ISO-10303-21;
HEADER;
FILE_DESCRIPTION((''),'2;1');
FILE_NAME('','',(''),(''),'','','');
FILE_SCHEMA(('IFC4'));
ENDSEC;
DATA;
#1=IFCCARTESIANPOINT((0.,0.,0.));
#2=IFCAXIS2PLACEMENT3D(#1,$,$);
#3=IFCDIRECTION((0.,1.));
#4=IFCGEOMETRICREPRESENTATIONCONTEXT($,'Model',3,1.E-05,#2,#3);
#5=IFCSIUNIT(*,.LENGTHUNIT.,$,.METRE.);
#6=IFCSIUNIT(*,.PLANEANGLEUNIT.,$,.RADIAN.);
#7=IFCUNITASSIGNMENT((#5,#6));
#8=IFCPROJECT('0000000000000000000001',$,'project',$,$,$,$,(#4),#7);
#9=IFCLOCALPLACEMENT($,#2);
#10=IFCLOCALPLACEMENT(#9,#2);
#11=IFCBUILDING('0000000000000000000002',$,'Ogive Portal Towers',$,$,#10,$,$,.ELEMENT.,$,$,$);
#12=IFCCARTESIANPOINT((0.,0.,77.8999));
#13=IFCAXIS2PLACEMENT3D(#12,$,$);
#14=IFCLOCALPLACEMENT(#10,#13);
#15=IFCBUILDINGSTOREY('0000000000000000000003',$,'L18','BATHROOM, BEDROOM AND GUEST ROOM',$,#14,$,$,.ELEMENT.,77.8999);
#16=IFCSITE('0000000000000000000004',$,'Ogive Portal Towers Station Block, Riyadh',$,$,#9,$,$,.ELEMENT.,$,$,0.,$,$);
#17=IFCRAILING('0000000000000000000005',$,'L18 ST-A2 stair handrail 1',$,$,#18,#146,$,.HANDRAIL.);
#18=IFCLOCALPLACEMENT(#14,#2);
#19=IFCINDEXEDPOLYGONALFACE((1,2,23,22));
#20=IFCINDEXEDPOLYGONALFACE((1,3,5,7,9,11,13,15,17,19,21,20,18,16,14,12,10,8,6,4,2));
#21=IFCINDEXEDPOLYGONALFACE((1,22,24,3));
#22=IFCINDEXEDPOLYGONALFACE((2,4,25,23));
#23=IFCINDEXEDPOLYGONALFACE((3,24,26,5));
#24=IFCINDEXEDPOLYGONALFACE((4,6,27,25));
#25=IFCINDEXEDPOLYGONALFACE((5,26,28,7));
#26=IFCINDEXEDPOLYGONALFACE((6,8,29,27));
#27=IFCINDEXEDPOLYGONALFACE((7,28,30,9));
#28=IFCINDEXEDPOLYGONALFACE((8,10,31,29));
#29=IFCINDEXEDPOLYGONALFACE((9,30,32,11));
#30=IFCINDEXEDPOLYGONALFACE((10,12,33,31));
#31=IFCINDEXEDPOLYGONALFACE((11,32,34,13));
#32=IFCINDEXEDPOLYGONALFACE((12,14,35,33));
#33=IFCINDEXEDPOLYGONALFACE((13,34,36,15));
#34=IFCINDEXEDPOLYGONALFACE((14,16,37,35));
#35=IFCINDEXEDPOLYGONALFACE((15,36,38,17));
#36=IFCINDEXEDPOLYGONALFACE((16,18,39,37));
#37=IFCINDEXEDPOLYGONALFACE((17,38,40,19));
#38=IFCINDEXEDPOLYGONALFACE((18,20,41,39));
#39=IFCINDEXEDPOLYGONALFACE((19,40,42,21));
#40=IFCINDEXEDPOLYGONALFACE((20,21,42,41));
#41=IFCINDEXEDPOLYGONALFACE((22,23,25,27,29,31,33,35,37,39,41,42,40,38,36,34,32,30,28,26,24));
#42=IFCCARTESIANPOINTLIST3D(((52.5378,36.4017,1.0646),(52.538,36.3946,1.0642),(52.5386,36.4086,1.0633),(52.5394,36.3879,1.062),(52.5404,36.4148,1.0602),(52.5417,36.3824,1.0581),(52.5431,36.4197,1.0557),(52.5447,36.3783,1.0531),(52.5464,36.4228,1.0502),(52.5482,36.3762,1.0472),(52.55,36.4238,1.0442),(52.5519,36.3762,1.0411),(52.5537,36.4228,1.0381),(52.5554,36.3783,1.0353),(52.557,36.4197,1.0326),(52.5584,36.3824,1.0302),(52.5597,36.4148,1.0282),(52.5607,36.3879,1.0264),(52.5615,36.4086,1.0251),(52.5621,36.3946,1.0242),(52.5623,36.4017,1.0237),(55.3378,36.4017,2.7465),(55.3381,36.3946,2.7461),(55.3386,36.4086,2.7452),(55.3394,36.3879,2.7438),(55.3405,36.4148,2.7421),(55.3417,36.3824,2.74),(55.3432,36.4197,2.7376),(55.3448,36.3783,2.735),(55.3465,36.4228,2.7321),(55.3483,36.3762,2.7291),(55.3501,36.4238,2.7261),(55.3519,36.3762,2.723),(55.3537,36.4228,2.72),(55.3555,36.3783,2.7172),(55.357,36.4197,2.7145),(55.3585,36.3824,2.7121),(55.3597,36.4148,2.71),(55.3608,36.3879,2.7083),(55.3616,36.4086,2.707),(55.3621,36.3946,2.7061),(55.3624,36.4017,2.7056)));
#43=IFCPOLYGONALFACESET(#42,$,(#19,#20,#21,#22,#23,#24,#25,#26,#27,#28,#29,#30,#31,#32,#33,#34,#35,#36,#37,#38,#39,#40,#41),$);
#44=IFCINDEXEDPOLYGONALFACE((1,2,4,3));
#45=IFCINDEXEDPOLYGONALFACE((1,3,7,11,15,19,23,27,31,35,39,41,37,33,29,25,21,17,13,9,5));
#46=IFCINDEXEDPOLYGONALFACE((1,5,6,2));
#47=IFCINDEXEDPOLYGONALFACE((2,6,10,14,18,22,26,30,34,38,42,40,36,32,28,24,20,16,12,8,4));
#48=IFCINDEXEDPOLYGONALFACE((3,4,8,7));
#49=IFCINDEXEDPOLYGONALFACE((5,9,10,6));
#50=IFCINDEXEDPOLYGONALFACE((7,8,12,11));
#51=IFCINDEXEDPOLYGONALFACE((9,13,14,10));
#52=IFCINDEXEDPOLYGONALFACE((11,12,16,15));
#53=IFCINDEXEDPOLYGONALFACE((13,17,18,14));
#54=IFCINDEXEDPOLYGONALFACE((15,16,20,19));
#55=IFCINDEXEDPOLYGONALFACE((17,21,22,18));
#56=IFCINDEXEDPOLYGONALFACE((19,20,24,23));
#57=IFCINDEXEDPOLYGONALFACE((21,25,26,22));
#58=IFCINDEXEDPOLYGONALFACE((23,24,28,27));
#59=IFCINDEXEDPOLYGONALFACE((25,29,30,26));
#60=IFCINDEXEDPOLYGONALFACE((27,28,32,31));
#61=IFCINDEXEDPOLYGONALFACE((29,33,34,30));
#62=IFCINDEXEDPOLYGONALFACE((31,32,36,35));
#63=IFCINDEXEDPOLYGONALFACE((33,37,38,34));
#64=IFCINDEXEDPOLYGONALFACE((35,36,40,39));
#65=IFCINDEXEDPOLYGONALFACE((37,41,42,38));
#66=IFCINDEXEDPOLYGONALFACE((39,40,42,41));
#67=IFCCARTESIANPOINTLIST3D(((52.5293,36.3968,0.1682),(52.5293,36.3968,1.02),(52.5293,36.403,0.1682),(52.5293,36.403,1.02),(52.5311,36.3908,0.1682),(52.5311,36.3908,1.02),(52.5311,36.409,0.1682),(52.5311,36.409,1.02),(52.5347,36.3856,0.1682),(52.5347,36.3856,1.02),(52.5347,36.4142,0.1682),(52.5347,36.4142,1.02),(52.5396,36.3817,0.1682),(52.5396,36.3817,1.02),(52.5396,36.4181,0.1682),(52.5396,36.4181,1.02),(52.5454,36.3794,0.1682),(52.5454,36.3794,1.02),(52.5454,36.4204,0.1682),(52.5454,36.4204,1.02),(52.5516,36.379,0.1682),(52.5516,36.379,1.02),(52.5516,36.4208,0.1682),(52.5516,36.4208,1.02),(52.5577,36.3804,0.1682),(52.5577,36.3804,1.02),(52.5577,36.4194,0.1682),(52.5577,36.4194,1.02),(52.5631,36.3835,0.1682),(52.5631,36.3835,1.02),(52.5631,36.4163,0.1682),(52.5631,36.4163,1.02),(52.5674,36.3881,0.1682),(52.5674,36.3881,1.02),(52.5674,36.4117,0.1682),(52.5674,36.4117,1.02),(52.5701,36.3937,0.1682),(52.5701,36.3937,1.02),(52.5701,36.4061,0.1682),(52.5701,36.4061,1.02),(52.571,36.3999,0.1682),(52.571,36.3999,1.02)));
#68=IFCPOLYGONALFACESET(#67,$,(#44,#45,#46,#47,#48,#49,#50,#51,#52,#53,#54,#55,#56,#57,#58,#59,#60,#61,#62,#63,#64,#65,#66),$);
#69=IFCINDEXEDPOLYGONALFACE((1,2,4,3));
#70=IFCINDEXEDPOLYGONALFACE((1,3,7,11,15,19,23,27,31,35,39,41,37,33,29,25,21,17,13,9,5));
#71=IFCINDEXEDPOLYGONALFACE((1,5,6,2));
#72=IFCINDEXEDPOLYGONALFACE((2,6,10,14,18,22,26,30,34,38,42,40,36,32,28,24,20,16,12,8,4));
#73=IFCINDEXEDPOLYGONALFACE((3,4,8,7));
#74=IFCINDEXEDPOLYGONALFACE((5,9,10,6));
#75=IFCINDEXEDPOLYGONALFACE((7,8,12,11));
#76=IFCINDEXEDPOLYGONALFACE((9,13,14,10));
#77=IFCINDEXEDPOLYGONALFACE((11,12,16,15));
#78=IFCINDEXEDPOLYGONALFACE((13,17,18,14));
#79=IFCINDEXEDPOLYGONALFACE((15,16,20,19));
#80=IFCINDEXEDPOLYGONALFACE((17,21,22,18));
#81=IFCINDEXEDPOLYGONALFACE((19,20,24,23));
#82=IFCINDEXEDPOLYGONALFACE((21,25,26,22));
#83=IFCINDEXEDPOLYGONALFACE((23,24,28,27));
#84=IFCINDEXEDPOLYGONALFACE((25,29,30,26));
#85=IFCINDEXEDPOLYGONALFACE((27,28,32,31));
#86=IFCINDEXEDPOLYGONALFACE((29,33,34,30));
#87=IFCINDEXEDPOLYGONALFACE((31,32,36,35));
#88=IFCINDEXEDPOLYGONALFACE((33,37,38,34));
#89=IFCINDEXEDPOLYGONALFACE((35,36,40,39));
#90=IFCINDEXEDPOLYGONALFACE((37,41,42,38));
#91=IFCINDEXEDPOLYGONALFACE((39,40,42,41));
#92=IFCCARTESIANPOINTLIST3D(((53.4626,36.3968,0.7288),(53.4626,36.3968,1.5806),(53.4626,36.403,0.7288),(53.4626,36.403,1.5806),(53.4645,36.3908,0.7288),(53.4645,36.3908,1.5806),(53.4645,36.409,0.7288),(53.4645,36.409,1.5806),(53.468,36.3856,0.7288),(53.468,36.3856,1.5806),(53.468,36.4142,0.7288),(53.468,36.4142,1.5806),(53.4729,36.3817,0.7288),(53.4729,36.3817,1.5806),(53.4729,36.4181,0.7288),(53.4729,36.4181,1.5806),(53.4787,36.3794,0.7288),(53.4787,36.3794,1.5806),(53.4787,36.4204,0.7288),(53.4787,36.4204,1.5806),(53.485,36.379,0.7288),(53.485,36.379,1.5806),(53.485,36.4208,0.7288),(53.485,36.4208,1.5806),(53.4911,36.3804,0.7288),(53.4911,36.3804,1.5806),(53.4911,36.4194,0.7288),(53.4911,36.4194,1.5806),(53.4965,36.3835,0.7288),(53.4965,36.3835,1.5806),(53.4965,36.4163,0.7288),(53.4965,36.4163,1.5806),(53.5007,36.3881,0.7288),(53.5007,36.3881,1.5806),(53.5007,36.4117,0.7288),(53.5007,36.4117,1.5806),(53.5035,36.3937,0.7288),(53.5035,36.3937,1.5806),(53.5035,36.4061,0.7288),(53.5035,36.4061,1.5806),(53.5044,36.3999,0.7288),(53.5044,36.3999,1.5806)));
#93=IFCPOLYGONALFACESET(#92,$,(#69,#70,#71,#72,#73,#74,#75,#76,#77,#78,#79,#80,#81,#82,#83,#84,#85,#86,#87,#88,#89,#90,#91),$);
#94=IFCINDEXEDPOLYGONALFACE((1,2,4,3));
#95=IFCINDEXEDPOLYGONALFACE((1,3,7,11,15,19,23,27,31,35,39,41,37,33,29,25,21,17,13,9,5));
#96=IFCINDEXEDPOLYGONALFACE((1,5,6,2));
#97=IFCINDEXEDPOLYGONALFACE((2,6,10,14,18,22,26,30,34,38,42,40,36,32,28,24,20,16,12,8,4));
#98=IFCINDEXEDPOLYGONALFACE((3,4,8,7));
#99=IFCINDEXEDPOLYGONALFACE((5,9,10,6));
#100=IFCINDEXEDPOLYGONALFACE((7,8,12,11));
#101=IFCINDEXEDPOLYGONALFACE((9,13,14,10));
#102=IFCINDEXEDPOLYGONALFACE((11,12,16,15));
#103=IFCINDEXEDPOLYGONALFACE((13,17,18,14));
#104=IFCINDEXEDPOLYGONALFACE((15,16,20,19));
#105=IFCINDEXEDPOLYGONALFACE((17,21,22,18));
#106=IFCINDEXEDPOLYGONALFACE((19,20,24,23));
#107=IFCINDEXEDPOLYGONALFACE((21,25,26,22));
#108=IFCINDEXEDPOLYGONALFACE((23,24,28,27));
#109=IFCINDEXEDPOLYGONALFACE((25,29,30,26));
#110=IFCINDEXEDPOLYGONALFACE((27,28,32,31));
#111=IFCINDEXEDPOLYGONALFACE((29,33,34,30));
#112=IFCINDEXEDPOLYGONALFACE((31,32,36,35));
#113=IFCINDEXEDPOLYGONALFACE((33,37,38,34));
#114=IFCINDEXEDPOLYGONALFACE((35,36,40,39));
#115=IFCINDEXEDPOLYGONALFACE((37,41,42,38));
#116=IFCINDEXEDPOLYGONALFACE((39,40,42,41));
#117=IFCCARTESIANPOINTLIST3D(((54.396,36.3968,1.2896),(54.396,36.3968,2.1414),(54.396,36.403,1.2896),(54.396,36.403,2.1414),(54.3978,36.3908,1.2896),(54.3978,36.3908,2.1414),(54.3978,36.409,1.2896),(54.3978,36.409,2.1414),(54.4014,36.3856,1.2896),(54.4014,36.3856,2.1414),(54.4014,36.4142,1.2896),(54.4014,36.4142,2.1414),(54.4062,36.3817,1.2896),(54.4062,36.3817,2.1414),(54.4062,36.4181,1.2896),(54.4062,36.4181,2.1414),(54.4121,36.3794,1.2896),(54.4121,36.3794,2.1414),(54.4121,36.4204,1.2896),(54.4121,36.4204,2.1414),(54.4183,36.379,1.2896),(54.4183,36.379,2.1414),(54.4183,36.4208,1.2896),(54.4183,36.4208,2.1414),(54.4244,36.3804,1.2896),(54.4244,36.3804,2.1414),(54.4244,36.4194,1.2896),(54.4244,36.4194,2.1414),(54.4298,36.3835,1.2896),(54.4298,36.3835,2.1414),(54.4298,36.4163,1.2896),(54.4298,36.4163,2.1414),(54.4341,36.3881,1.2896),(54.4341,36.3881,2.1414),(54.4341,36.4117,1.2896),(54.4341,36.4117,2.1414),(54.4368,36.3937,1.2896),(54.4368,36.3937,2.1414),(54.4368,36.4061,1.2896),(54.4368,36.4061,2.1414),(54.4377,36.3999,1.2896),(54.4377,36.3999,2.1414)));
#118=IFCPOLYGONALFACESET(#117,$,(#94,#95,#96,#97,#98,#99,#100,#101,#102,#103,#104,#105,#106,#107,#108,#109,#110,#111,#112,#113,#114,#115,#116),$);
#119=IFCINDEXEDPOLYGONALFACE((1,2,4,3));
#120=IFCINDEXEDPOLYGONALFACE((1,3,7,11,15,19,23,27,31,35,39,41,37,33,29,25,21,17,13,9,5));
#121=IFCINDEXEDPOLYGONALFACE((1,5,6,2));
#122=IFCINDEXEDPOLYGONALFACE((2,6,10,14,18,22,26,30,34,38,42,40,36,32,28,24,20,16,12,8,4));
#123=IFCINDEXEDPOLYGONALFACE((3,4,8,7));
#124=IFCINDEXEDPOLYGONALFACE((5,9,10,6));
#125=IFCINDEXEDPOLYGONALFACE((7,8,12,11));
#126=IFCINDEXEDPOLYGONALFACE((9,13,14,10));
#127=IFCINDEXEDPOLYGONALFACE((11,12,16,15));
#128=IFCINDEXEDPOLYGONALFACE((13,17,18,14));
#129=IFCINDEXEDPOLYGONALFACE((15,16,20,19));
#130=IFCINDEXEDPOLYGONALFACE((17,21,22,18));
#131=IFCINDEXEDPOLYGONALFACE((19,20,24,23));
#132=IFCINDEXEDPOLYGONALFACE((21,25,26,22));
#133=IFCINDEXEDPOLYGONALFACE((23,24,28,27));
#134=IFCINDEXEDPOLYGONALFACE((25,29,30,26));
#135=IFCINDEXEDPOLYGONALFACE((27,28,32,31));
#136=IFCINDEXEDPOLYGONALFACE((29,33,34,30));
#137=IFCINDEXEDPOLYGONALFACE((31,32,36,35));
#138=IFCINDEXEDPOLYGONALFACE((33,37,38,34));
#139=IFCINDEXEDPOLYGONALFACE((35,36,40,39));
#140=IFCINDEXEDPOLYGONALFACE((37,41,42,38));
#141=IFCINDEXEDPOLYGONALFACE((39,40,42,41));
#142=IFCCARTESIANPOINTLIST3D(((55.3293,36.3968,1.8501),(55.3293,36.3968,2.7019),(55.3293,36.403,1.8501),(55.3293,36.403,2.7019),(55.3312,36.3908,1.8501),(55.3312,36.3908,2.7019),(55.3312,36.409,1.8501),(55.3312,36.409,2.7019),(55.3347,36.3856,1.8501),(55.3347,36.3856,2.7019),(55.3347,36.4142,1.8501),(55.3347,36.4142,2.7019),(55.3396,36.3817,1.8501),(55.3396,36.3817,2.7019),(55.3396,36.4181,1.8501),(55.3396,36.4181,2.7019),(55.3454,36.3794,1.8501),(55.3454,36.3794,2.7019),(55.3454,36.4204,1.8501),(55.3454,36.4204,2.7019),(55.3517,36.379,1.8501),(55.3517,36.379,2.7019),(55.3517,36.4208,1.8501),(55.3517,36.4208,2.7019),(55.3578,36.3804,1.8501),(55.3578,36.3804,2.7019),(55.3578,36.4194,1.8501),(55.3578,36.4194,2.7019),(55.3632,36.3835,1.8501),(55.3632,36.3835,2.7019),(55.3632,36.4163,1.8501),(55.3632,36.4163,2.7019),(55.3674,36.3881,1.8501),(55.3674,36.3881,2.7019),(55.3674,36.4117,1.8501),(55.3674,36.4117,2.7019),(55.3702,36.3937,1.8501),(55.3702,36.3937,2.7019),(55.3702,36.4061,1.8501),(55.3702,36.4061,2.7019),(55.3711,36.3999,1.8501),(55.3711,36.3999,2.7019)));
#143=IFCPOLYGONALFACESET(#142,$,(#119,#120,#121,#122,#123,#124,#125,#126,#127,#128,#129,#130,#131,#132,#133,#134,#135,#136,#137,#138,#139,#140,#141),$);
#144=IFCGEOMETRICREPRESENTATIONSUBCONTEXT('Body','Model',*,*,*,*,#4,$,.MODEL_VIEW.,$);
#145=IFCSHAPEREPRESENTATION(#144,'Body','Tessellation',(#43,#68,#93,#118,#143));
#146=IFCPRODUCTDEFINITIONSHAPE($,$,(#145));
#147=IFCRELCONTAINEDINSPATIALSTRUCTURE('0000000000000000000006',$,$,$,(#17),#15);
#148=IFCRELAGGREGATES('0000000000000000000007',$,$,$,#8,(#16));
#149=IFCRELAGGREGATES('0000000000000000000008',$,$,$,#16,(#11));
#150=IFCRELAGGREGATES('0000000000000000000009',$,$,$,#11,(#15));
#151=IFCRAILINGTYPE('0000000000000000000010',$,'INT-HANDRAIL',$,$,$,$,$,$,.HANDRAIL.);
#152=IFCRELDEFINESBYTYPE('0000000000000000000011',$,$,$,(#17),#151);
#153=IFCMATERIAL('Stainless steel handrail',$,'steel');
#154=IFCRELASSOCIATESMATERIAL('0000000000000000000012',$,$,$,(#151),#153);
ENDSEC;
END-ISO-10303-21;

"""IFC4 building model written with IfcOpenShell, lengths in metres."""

from ifc_helpers import new_model, si_unit, direction, frame, origin, origin_2d, place, context, subcontext, project, spatial, circle, extrude, material, type_object, element, save


model = new_model("IFC4")

# Units and contexts
model_context = context("Model", 3, precision=1e-05, world=origin(), true_north=direction((0.0, 1.0)))
body_context = subcontext(model_context, "Body", "Model", "MODEL_VIEW")
ifc_project = project(units=[si_unit("LENGTHUNIT", "METRE"), si_unit("PLANEANGLEUNIT", "RADIAN")], contexts=[model_context])

# Site, building, storey
site_placement = place(None, origin())
site = spatial("IfcSite", under=ifc_project, at=site_placement, Name="Ogive Portal Towers Station Block, Riyadh", CompositionType="ELEMENT", RefElevation=0.0)
building_placement = place(site_placement, origin())
building = spatial("IfcBuilding", under=site, at=building_placement, Name="Ogive Portal Towers", CompositionType="ELEMENT")
storey_placement = place(building_placement, frame((0.0, 0.0, 77.8999)))
storey = spatial("IfcBuildingStorey", under=building, at=storey_placement, Name="L18", Description="BATHROOM, BEDROOM AND GUEST ROOM", CompositionType="ELEMENT", Elevation=77.8999)

# Railing
ifc_material_1 = material(Name="Stainless steel handrail", Category="steel")
railing_type_1 = type_object("IfcRailingType", Name="INT-HANDRAIL", PredefinedType="HANDRAIL", material=ifc_material_1)
railing_1_placement = place(storey_placement, frame((52.55, 36.3999, 0.1682)))
element("IfcRailing", 1, at=railing_1_placement, inside=storey, type_object=railing_type_1, Name="L18 ST-A2 stair handrail 1", PredefinedType="HANDRAIL", context=body_context, shape_type="SweptSolid", body=[
    extrude(circle(Radius=0.0239, at=origin_2d()), frame((0.0, 0.0, 0.876), z_axis=(0.857242, 0.0, 0.514913), x_axis=(0.0, 1.0, 0.0)), (0.0, 0.0, 1.0), 3.2664),
    extrude(circle(Radius=0.021, at=origin_2d()), origin(), (0.0, 0.0, 1.0), 0.8518),
    extrude(circle(Radius=0.021, at=origin_2d()), frame((0.9333, 0.0, 0.5605)), (0.0, 0.0, 1.0), 0.8518),
    extrude(circle(Radius=0.021, at=origin_2d()), frame((1.8667, 0.0, 1.1213)), (0.0, 0.0, 1.0), 0.8518),
    extrude(circle(Radius=0.021, at=origin_2d()), frame((2.8, 0.0, 1.6819)), (0.0, 0.0, 1.0), 0.8518),
])

save(model, "model.ifc")
